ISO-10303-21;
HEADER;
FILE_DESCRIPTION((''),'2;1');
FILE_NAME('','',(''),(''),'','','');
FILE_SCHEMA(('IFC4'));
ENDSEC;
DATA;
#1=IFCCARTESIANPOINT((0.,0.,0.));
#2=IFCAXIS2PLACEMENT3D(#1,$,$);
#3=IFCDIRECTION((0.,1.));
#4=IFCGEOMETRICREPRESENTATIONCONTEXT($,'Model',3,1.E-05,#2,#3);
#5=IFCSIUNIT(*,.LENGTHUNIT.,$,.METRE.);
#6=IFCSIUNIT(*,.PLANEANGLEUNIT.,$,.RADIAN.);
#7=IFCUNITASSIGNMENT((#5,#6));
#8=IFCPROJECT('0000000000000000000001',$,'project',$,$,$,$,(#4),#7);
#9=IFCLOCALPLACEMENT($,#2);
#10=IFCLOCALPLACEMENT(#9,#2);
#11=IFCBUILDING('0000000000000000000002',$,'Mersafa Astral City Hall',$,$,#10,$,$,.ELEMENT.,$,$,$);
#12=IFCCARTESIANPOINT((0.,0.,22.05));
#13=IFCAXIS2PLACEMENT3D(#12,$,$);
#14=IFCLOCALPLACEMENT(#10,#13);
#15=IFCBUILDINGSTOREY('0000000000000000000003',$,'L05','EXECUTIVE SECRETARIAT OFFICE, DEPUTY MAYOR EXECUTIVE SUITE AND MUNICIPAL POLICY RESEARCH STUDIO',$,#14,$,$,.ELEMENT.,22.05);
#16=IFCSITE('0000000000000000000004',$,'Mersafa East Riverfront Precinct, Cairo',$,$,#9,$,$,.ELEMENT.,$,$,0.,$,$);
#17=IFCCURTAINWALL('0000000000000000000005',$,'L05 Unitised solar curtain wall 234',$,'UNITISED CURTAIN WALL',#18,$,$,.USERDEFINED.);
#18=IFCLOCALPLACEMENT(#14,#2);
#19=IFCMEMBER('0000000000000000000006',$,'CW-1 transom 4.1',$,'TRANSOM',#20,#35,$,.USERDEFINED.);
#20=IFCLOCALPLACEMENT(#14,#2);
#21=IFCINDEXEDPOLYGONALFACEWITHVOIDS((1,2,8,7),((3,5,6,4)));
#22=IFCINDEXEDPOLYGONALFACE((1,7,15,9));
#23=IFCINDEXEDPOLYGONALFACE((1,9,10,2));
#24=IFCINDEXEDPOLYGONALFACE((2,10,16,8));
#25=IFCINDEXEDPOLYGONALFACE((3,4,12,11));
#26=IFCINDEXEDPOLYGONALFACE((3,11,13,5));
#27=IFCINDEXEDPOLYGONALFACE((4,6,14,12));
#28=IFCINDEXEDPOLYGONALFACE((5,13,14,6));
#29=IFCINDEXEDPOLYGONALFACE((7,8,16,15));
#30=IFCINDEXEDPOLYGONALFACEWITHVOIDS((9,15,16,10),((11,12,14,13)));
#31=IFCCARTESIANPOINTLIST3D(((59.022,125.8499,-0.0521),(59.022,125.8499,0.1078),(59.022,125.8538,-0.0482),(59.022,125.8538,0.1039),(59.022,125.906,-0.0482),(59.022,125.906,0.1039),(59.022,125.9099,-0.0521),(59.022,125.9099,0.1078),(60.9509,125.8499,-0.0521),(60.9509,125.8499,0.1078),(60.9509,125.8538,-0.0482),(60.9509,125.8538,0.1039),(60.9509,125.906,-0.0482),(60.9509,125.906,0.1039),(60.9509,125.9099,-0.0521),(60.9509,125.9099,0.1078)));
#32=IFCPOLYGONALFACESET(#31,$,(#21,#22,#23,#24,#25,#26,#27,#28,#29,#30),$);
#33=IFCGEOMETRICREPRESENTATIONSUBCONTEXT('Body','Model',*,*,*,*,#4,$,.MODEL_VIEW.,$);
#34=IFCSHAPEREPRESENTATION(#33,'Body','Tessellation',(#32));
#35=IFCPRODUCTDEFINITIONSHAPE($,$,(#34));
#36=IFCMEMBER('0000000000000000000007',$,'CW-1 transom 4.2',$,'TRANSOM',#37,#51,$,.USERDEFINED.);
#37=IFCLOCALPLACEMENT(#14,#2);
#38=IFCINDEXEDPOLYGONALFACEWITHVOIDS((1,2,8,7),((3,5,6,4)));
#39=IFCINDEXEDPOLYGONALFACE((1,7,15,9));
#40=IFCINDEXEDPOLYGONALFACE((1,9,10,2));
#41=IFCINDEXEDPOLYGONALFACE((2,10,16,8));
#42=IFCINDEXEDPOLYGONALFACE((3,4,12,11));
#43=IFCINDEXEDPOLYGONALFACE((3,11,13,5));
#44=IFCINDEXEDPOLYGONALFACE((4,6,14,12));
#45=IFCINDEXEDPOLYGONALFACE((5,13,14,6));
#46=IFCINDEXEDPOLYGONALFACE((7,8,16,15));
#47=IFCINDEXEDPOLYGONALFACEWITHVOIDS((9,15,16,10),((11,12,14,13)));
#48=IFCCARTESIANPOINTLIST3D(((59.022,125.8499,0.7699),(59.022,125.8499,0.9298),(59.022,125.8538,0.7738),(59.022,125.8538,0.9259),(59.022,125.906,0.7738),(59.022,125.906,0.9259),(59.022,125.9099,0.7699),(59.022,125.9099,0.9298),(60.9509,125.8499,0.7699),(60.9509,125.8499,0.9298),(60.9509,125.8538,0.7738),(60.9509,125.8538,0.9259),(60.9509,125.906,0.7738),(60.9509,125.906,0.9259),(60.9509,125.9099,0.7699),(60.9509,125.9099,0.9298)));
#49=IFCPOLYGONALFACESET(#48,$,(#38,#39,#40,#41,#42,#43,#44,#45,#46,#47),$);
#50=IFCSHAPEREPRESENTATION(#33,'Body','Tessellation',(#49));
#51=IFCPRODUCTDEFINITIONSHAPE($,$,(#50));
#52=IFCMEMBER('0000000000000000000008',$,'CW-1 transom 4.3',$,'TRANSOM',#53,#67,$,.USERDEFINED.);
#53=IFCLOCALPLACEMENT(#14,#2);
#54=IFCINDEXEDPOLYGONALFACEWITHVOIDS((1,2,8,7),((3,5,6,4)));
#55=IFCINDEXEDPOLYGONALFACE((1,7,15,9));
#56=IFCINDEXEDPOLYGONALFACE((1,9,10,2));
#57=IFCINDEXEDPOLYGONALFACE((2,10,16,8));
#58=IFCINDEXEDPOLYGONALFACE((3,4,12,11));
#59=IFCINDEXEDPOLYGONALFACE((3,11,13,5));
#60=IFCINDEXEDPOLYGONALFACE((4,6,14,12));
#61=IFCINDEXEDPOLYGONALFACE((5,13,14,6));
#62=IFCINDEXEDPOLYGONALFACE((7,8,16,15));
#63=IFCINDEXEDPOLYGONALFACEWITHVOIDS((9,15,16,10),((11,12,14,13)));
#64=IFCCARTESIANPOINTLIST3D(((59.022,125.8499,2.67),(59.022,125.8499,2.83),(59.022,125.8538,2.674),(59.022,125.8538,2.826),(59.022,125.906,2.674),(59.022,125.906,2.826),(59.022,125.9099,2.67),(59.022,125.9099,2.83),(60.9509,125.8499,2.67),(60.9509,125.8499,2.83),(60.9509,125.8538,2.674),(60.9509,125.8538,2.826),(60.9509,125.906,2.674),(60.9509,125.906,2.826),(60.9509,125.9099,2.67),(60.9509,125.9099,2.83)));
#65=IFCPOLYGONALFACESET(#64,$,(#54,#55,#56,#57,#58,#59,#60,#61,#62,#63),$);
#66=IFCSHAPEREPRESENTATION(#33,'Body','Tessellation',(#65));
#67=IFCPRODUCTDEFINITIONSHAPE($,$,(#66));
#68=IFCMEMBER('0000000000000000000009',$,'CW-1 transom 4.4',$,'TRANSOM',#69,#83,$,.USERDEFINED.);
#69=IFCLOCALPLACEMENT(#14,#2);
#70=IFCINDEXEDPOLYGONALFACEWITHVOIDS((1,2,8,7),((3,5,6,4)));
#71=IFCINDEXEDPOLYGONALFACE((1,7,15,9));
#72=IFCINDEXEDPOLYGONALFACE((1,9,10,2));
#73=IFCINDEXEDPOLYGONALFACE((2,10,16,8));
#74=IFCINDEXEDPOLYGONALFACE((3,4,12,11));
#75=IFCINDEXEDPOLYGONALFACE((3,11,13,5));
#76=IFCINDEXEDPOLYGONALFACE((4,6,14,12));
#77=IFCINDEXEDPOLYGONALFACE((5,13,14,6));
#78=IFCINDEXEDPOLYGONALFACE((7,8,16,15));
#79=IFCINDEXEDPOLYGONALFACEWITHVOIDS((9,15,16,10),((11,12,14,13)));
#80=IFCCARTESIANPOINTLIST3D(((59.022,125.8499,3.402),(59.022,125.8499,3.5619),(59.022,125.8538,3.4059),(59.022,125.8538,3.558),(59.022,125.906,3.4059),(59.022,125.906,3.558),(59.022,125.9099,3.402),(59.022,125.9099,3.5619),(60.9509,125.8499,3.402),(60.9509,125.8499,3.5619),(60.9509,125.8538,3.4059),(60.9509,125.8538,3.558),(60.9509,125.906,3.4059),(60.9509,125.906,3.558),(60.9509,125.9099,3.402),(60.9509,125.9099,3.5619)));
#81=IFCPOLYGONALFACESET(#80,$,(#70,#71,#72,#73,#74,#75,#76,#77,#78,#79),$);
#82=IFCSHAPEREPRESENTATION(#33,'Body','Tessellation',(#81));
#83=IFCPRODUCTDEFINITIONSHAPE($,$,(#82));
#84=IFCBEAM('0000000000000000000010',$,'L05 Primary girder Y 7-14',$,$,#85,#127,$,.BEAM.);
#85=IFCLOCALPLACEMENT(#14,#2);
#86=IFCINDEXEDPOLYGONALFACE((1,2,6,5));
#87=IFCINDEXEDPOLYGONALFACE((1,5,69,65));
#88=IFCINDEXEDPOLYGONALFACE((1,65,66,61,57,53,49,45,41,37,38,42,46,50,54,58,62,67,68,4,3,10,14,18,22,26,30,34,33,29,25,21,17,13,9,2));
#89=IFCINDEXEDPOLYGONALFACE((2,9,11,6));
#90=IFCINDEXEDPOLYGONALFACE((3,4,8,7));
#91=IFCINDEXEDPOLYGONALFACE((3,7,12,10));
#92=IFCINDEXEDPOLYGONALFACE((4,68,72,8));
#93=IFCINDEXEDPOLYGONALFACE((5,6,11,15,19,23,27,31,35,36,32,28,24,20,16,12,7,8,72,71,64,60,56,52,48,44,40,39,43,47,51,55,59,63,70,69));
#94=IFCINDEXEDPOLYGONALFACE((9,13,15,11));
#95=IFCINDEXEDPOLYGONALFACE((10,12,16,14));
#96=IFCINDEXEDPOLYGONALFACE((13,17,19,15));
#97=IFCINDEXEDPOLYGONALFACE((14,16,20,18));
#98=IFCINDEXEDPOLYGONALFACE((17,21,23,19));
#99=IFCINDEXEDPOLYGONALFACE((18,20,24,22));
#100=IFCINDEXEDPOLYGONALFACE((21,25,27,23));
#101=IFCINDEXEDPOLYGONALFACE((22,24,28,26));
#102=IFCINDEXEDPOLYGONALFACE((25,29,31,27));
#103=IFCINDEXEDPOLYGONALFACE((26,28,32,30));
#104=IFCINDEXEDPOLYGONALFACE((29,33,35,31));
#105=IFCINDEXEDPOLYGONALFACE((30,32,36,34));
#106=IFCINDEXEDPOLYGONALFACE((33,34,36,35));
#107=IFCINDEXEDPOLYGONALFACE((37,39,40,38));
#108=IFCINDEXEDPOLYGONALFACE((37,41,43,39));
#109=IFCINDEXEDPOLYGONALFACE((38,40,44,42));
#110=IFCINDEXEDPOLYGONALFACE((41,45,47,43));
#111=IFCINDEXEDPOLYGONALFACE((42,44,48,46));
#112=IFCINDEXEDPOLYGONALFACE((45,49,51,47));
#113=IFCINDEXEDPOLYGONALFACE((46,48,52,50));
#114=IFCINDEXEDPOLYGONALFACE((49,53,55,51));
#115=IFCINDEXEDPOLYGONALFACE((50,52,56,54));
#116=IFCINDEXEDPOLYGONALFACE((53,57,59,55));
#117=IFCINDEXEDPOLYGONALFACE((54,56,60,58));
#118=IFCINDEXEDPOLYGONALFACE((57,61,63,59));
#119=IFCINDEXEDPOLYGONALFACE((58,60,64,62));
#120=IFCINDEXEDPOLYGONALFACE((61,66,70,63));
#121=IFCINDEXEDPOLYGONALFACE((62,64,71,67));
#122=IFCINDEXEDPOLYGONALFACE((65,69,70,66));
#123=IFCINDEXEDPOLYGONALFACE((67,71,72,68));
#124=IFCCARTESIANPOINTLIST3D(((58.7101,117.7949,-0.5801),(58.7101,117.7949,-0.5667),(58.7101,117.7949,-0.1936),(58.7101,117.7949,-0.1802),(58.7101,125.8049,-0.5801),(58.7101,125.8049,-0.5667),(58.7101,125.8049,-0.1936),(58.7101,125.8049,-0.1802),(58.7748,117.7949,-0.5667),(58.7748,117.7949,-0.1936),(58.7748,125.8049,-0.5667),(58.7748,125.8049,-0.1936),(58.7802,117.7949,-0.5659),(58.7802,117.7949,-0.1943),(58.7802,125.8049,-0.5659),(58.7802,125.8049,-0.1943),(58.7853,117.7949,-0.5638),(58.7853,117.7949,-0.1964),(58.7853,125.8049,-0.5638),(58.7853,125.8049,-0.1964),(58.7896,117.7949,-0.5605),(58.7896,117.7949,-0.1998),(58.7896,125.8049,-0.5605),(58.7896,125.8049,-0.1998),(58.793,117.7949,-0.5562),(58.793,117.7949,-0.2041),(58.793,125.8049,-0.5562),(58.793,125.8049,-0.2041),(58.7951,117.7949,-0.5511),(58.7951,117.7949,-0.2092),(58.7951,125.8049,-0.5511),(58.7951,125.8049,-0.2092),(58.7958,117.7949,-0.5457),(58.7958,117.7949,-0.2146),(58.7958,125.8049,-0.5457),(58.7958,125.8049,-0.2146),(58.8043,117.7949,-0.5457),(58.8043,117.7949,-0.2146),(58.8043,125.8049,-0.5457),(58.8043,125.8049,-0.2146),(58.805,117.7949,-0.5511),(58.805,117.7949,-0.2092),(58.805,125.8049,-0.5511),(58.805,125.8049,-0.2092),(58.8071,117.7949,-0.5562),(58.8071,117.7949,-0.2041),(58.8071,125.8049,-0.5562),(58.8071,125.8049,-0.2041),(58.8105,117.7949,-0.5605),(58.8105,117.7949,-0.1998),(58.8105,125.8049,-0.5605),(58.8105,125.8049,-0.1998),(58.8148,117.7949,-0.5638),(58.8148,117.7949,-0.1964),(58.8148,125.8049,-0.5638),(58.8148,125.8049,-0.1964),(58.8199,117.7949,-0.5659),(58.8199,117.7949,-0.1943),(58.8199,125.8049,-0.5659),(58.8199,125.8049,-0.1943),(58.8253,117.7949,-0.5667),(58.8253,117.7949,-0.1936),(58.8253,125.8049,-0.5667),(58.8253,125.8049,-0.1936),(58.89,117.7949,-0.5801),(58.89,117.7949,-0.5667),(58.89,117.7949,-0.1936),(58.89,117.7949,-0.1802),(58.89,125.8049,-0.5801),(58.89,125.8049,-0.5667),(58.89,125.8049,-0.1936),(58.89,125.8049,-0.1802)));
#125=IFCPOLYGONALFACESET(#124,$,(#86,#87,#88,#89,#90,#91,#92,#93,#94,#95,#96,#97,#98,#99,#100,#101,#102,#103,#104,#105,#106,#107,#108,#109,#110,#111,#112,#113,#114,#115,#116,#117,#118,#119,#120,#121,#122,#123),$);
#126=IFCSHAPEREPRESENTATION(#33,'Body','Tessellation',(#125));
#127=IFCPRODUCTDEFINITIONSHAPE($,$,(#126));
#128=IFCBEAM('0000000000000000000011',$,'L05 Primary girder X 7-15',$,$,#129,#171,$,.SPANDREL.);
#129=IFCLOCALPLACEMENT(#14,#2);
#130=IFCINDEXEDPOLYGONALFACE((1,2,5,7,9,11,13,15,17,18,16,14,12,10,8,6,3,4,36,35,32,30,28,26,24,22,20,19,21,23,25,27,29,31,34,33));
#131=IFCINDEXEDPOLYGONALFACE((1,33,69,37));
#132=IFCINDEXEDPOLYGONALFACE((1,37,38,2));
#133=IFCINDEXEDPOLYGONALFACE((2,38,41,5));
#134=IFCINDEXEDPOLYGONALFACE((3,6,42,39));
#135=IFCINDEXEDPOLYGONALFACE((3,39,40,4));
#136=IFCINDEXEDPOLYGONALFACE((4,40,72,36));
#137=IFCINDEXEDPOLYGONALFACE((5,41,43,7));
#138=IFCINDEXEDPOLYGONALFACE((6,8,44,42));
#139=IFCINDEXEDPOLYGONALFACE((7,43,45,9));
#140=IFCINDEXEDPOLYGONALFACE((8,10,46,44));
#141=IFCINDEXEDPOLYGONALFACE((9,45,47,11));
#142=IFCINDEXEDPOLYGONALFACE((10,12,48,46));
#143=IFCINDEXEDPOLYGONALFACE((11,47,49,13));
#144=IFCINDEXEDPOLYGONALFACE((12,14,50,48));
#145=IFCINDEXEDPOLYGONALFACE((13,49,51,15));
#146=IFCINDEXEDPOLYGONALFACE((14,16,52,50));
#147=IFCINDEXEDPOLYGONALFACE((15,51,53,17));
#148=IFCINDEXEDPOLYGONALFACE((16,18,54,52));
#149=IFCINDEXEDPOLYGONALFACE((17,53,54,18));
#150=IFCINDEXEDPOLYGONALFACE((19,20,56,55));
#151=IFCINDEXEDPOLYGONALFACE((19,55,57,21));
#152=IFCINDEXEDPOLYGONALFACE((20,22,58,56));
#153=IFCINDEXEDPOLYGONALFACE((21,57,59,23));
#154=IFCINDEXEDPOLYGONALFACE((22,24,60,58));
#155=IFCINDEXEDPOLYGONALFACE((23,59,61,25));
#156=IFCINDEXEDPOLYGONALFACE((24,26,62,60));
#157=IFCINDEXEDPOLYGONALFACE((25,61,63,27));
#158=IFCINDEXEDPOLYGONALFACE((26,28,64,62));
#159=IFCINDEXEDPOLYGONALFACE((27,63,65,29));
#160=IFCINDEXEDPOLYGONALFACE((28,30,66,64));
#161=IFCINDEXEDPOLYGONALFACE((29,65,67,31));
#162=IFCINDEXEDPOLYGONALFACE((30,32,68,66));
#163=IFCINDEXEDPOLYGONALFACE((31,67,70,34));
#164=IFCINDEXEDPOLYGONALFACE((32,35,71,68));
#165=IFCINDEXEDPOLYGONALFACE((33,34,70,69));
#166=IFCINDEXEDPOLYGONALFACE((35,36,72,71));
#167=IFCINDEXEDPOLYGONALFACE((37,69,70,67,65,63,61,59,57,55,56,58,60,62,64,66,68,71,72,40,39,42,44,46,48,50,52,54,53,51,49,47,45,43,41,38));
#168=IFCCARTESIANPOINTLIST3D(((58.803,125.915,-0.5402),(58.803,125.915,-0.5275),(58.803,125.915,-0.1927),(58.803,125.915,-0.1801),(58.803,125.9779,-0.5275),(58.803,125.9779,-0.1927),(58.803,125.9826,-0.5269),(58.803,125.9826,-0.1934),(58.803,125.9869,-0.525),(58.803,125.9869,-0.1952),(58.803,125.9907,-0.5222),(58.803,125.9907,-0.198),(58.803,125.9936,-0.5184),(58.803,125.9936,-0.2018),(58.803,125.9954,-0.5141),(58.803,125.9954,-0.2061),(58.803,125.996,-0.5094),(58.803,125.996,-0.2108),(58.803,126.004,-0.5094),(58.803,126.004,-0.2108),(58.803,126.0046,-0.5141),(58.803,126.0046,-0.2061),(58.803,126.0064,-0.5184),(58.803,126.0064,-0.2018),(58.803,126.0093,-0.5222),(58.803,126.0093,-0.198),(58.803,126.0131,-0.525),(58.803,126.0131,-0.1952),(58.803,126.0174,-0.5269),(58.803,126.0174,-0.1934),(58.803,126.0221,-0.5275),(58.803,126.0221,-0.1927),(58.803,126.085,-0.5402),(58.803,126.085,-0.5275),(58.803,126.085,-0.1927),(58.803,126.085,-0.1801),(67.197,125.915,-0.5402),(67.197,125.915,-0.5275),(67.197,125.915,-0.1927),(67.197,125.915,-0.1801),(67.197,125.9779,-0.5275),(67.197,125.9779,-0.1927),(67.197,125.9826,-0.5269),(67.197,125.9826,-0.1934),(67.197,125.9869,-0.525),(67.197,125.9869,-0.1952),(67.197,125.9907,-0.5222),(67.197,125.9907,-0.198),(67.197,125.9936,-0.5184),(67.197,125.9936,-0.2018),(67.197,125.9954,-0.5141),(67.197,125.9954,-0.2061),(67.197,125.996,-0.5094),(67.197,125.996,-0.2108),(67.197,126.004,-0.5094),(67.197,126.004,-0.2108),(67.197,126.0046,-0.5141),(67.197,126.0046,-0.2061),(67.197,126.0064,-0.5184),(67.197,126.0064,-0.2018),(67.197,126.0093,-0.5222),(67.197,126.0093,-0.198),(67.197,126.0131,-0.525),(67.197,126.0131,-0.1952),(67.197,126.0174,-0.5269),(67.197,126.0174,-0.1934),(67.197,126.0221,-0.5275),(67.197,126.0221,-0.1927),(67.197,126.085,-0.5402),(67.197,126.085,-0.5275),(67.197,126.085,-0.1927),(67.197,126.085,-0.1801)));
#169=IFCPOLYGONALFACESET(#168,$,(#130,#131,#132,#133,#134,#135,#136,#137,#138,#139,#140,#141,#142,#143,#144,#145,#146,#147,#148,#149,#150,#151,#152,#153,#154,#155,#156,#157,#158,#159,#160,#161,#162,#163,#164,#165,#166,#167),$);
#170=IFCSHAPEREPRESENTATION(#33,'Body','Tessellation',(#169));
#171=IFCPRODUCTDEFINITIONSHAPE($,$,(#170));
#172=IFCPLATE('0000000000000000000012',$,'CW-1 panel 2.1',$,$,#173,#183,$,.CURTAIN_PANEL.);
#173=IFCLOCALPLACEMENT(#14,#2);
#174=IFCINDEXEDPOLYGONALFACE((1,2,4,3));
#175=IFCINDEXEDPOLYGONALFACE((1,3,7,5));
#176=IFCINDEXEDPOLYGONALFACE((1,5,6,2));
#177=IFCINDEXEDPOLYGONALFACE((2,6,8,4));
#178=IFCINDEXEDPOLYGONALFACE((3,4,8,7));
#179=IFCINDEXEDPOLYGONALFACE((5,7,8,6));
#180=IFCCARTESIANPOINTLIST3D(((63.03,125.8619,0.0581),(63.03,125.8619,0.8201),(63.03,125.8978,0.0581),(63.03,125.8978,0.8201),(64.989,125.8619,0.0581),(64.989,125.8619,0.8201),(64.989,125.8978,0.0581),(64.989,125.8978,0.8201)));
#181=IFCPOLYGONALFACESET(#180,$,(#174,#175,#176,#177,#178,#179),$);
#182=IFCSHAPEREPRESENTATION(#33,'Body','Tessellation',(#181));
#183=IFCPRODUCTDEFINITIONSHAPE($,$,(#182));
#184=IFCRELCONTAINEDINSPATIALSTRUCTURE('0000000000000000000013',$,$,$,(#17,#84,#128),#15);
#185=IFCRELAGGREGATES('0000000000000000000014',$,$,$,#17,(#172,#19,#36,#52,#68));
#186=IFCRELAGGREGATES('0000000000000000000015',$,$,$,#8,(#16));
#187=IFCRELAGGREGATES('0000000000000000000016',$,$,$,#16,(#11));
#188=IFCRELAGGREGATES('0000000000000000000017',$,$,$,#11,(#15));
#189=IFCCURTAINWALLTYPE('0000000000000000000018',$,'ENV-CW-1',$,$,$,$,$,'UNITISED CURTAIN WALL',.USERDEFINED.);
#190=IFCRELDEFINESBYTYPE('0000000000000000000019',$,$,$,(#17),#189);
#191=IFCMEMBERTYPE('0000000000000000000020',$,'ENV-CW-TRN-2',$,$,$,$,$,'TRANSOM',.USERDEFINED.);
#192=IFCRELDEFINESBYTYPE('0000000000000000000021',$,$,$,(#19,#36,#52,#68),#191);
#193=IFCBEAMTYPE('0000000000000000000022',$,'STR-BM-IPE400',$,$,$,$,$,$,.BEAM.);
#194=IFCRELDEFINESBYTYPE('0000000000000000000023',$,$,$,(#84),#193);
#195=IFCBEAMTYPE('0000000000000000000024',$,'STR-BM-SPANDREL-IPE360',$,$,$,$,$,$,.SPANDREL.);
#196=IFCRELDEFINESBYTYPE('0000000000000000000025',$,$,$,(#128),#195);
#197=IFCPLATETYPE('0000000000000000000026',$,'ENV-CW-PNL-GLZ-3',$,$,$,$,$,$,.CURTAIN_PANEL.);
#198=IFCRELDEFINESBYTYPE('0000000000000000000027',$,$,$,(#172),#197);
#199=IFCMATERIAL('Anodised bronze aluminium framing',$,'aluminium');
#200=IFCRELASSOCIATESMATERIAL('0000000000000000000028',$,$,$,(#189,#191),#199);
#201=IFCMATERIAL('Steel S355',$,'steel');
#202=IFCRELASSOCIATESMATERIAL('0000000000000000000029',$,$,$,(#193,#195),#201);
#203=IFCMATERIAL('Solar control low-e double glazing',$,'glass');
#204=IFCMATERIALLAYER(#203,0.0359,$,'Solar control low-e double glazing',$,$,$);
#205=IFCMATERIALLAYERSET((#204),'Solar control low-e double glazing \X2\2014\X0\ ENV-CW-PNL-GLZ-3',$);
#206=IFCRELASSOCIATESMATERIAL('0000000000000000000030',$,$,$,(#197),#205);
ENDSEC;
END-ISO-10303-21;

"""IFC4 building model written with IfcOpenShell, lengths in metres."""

from ifc_helpers import new_model, si_unit, direction, frame, origin, origin_2d, place, context, subcontext, project, spatial, rectangle, hollow_rectangle, i_section, extrude, material, layer, layer_set, material_profile, profile_set, type_object, element, aggregate, save


model = new_model("IFC4")

# Units and contexts
model_context = context("Model", 3, precision=1e-05, world=origin(), true_north=direction((0.0, 1.0)))
body_context = subcontext(model_context, "Body", "Model", "MODEL_VIEW")
ifc_project = project(units=[si_unit("LENGTHUNIT", "METRE"), si_unit("PLANEANGLEUNIT", "RADIAN")], contexts=[model_context])

# Site, building, storey
site_placement = place(None, origin())
site = spatial("IfcSite", under=ifc_project, at=site_placement, Name="Mersafa East Riverfront Precinct, Cairo", CompositionType="ELEMENT", RefElevation=0.0)
building_placement = place(site_placement, origin())
building = spatial("IfcBuilding", under=site, at=building_placement, Name="Mersafa Astral City Hall", CompositionType="ELEMENT")
storey_placement = place(building_placement, frame((0.0, 0.0, 22.05)))
storey = spatial("IfcBuildingStorey", under=building, at=storey_placement, Name="L05", Description="EXECUTIVE SECRETARIAT OFFICE, DEPUTY MAYOR EXECUTIVE SUITE AND MUNICIPAL POLICY RESEARCH STUDIO", CompositionType="ELEMENT", Elevation=22.05)

# Shared definitions
ifc_material_1 = material(Name="Steel S355", Category="steel")

# Curtain wall, members
ifc_material_2 = material(Name="Anodised bronze aluminium framing", Category="aluminium")
curtain_wall_type = type_object("IfcCurtainWallType", Name="ENV-CW-1", ElementType="UNITISED CURTAIN WALL", PredefinedType="USERDEFINED", material=ifc_material_2)
curtain_wall_placement = place(storey_placement, origin())
curtain_wall = element("IfcCurtainWall", 1, at=curtain_wall_placement, inside=storey, type_object=curtain_wall_type, Name="L05 Unitised solar curtain wall 234", ObjectType="UNITISED CURTAIN WALL", PredefinedType="USERDEFINED")
ifc_material_profile_1 = material_profile(ifc_material_2, hollow_rectangle(XDim=0.0601, YDim=0.1599, WallThickness=0.0039, at=origin_2d()), Name="RHS 60x160x4")
ifc_profile_set_1 = profile_set([ifc_material_profile_1], Name="Anodised bronze aluminium framing")
member_type_1 = type_object("IfcMemberType", Name="ENV-CW-TRN-2", ElementType="TRANSOM", PredefinedType="USERDEFINED", material=ifc_profile_set_1)
member_1_placement = place(storey_placement, frame((60.9509, 125.8799, 0.0278), z_axis=(-1.0, 0.0, 0.0), x_axis=(0.0, -1.0, 0.0)))
member_1 = element("IfcMember", 2, at=member_1_placement, type_object=member_type_1, Name="CW-1 transom 4.1", ObjectType="TRANSOM", PredefinedType="USERDEFINED", context=body_context, shape_type="SweptSolid", body=[
    extrude(hollow_rectangle(XDim=0.0601, YDim=0.1599, WallThickness=0.0039, at=origin_2d()), origin(), (0.0, 0.0, 1.0), 1.929),
])
member_2_placement = place(storey_placement, frame((60.9509, 125.8799, 0.8499), z_axis=(-1.0, 0.0, 0.0), x_axis=(0.0, -1.0, 0.0)))
member_2 = element("IfcMember", 3, at=member_2_placement, type_object=member_type_1, Name="CW-1 transom 4.2", ObjectType="TRANSOM", PredefinedType="USERDEFINED", context=body_context, shape_type="SweptSolid", body=[
    extrude(hollow_rectangle(XDim=0.0601, YDim=0.1599, WallThickness=0.0039, at=origin_2d()), origin(), (0.0, 0.0, 1.0), 1.929),
])
member_3_placement = place(storey_placement, frame((60.9509, 125.8799, 2.75), z_axis=(-1.0, 0.0, 0.0), x_axis=(0.0, -1.0, 0.0)))
member_3 = element("IfcMember", 4, at=member_3_placement, type_object=member_type_1, Name="CW-1 transom 4.3", ObjectType="TRANSOM", PredefinedType="USERDEFINED", context=body_context, shape_type="SweptSolid", body=[
    extrude(hollow_rectangle(XDim=0.0601, YDim=0.1599, WallThickness=0.0039, at=origin_2d()), origin(), (0.0, 0.0, 1.0), 1.929),
])
member_4_placement = place(storey_placement, frame((60.9509, 125.8799, 3.4819), z_axis=(-1.0, 0.0, 0.0), x_axis=(0.0, -1.0, 0.0)))
member_4 = element("IfcMember", 5, at=member_4_placement, type_object=member_type_1, Name="CW-1 transom 4.4", ObjectType="TRANSOM", PredefinedType="USERDEFINED", context=body_context, shape_type="SweptSolid", body=[
    extrude(hollow_rectangle(XDim=0.0601, YDim=0.1599, WallThickness=0.0039, at=origin_2d()), origin(), (0.0, 0.0, 1.0), 1.929),
])

# Beams
ifc_material_profile_2 = material_profile(ifc_material_1, i_section(OverallWidth=0.1799, OverallDepth=0.3999, WebThickness=0.0085, FlangeThickness=0.0134, FilletRadius=0.021, at=origin_2d()), Name="IPE 400")
ifc_profile_set_2 = profile_set([ifc_material_profile_2], Name="Steel S355")
beam_type_1 = type_object("IfcBeamType", Name="STR-BM-IPE400", PredefinedType="BEAM", material=ifc_profile_set_2)
beam_1_placement = place(storey_placement, frame((58.8, 117.7949, -0.3801), z_axis=(0.0, 1.0, 0.0), x_axis=(-1.0, 0.0, 0.0)))
element("IfcBeam", 6, at=beam_1_placement, inside=storey, type_object=beam_type_1, Name="L05 Primary girder Y 7-14", PredefinedType="BEAM", context=body_context, shape_type="SweptSolid", body=[
    extrude(i_section(OverallWidth=0.1799, OverallDepth=0.3999, WebThickness=0.0085, FlangeThickness=0.0134, FilletRadius=0.021, at=origin_2d()), origin(), (0.0, 0.0, 1.0), 8.01),
])
ifc_material_profile_3 = material_profile(ifc_material_1, i_section(OverallWidth=0.1699, OverallDepth=0.3601, WebThickness=0.0081, FlangeThickness=0.0127, FilletRadius=0.0181, at=origin_2d()), Name="IPE 360")
ifc_profile_set_3 = profile_set([ifc_material_profile_3], Name="Steel S355")
beam_type_2 = type_object("IfcBeamType", Name="STR-BM-SPANDREL-IPE360", PredefinedType="SPANDREL", material=ifc_profile_set_3)
beam_2_placement = place(storey_placement, frame((58.803, 126.0, -0.3601), z_axis=(1.0, 0.0, 0.0), x_axis=(0.0, 1.0, 0.0)))
element("IfcBeam", 7, at=beam_2_placement, inside=storey, type_object=beam_type_2, Name="L05 Primary girder X 7-15", PredefinedType="SPANDREL", context=body_context, shape_type="SweptSolid", body=[
    extrude(i_section(OverallWidth=0.1699, OverallDepth=0.3601, WebThickness=0.0081, FlangeThickness=0.0127, FilletRadius=0.0181, at=origin_2d()), origin(), (0.0, 0.0, 1.0), 8.394),
])

# Plate
ifc_material_3 = material(Name="Solar control low-e double glazing", Category="glass")
ifc_layer_1 = layer(ifc_material_3, 0.0359, Name="Solar control low-e double glazing")
ifc_layer_set_1 = layer_set([ifc_layer_1], Name="Solar control low-e double glazing — ENV-CW-PNL-GLZ-3")
plate_type = type_object("IfcPlateType", Name="ENV-CW-PNL-GLZ-3", PredefinedType="CURTAIN_PANEL", material=ifc_layer_set_1)
plate_1_placement = place(storey_placement, frame((64.0095, 125.8799, 0.0581), z_axis=(0.0, 0.0, 1.0), x_axis=(-1.0, 0.0, 0.0)))
plate_1 = element("IfcPlate", 8, at=plate_1_placement, type_object=plate_type, Name="CW-1 panel 2.1", PredefinedType="CURTAIN_PANEL", context=body_context, shape_type="SweptSolid", body=[
    extrude(rectangle(XDim=1.959, YDim=0.0359, at=origin_2d()), origin(), (0.0, 0.0, 1.0), 0.762),
])
aggregate(curtain_wall, [plate_1, member_1, member_2, member_3, member_4])

save(model, "model.ifc")
